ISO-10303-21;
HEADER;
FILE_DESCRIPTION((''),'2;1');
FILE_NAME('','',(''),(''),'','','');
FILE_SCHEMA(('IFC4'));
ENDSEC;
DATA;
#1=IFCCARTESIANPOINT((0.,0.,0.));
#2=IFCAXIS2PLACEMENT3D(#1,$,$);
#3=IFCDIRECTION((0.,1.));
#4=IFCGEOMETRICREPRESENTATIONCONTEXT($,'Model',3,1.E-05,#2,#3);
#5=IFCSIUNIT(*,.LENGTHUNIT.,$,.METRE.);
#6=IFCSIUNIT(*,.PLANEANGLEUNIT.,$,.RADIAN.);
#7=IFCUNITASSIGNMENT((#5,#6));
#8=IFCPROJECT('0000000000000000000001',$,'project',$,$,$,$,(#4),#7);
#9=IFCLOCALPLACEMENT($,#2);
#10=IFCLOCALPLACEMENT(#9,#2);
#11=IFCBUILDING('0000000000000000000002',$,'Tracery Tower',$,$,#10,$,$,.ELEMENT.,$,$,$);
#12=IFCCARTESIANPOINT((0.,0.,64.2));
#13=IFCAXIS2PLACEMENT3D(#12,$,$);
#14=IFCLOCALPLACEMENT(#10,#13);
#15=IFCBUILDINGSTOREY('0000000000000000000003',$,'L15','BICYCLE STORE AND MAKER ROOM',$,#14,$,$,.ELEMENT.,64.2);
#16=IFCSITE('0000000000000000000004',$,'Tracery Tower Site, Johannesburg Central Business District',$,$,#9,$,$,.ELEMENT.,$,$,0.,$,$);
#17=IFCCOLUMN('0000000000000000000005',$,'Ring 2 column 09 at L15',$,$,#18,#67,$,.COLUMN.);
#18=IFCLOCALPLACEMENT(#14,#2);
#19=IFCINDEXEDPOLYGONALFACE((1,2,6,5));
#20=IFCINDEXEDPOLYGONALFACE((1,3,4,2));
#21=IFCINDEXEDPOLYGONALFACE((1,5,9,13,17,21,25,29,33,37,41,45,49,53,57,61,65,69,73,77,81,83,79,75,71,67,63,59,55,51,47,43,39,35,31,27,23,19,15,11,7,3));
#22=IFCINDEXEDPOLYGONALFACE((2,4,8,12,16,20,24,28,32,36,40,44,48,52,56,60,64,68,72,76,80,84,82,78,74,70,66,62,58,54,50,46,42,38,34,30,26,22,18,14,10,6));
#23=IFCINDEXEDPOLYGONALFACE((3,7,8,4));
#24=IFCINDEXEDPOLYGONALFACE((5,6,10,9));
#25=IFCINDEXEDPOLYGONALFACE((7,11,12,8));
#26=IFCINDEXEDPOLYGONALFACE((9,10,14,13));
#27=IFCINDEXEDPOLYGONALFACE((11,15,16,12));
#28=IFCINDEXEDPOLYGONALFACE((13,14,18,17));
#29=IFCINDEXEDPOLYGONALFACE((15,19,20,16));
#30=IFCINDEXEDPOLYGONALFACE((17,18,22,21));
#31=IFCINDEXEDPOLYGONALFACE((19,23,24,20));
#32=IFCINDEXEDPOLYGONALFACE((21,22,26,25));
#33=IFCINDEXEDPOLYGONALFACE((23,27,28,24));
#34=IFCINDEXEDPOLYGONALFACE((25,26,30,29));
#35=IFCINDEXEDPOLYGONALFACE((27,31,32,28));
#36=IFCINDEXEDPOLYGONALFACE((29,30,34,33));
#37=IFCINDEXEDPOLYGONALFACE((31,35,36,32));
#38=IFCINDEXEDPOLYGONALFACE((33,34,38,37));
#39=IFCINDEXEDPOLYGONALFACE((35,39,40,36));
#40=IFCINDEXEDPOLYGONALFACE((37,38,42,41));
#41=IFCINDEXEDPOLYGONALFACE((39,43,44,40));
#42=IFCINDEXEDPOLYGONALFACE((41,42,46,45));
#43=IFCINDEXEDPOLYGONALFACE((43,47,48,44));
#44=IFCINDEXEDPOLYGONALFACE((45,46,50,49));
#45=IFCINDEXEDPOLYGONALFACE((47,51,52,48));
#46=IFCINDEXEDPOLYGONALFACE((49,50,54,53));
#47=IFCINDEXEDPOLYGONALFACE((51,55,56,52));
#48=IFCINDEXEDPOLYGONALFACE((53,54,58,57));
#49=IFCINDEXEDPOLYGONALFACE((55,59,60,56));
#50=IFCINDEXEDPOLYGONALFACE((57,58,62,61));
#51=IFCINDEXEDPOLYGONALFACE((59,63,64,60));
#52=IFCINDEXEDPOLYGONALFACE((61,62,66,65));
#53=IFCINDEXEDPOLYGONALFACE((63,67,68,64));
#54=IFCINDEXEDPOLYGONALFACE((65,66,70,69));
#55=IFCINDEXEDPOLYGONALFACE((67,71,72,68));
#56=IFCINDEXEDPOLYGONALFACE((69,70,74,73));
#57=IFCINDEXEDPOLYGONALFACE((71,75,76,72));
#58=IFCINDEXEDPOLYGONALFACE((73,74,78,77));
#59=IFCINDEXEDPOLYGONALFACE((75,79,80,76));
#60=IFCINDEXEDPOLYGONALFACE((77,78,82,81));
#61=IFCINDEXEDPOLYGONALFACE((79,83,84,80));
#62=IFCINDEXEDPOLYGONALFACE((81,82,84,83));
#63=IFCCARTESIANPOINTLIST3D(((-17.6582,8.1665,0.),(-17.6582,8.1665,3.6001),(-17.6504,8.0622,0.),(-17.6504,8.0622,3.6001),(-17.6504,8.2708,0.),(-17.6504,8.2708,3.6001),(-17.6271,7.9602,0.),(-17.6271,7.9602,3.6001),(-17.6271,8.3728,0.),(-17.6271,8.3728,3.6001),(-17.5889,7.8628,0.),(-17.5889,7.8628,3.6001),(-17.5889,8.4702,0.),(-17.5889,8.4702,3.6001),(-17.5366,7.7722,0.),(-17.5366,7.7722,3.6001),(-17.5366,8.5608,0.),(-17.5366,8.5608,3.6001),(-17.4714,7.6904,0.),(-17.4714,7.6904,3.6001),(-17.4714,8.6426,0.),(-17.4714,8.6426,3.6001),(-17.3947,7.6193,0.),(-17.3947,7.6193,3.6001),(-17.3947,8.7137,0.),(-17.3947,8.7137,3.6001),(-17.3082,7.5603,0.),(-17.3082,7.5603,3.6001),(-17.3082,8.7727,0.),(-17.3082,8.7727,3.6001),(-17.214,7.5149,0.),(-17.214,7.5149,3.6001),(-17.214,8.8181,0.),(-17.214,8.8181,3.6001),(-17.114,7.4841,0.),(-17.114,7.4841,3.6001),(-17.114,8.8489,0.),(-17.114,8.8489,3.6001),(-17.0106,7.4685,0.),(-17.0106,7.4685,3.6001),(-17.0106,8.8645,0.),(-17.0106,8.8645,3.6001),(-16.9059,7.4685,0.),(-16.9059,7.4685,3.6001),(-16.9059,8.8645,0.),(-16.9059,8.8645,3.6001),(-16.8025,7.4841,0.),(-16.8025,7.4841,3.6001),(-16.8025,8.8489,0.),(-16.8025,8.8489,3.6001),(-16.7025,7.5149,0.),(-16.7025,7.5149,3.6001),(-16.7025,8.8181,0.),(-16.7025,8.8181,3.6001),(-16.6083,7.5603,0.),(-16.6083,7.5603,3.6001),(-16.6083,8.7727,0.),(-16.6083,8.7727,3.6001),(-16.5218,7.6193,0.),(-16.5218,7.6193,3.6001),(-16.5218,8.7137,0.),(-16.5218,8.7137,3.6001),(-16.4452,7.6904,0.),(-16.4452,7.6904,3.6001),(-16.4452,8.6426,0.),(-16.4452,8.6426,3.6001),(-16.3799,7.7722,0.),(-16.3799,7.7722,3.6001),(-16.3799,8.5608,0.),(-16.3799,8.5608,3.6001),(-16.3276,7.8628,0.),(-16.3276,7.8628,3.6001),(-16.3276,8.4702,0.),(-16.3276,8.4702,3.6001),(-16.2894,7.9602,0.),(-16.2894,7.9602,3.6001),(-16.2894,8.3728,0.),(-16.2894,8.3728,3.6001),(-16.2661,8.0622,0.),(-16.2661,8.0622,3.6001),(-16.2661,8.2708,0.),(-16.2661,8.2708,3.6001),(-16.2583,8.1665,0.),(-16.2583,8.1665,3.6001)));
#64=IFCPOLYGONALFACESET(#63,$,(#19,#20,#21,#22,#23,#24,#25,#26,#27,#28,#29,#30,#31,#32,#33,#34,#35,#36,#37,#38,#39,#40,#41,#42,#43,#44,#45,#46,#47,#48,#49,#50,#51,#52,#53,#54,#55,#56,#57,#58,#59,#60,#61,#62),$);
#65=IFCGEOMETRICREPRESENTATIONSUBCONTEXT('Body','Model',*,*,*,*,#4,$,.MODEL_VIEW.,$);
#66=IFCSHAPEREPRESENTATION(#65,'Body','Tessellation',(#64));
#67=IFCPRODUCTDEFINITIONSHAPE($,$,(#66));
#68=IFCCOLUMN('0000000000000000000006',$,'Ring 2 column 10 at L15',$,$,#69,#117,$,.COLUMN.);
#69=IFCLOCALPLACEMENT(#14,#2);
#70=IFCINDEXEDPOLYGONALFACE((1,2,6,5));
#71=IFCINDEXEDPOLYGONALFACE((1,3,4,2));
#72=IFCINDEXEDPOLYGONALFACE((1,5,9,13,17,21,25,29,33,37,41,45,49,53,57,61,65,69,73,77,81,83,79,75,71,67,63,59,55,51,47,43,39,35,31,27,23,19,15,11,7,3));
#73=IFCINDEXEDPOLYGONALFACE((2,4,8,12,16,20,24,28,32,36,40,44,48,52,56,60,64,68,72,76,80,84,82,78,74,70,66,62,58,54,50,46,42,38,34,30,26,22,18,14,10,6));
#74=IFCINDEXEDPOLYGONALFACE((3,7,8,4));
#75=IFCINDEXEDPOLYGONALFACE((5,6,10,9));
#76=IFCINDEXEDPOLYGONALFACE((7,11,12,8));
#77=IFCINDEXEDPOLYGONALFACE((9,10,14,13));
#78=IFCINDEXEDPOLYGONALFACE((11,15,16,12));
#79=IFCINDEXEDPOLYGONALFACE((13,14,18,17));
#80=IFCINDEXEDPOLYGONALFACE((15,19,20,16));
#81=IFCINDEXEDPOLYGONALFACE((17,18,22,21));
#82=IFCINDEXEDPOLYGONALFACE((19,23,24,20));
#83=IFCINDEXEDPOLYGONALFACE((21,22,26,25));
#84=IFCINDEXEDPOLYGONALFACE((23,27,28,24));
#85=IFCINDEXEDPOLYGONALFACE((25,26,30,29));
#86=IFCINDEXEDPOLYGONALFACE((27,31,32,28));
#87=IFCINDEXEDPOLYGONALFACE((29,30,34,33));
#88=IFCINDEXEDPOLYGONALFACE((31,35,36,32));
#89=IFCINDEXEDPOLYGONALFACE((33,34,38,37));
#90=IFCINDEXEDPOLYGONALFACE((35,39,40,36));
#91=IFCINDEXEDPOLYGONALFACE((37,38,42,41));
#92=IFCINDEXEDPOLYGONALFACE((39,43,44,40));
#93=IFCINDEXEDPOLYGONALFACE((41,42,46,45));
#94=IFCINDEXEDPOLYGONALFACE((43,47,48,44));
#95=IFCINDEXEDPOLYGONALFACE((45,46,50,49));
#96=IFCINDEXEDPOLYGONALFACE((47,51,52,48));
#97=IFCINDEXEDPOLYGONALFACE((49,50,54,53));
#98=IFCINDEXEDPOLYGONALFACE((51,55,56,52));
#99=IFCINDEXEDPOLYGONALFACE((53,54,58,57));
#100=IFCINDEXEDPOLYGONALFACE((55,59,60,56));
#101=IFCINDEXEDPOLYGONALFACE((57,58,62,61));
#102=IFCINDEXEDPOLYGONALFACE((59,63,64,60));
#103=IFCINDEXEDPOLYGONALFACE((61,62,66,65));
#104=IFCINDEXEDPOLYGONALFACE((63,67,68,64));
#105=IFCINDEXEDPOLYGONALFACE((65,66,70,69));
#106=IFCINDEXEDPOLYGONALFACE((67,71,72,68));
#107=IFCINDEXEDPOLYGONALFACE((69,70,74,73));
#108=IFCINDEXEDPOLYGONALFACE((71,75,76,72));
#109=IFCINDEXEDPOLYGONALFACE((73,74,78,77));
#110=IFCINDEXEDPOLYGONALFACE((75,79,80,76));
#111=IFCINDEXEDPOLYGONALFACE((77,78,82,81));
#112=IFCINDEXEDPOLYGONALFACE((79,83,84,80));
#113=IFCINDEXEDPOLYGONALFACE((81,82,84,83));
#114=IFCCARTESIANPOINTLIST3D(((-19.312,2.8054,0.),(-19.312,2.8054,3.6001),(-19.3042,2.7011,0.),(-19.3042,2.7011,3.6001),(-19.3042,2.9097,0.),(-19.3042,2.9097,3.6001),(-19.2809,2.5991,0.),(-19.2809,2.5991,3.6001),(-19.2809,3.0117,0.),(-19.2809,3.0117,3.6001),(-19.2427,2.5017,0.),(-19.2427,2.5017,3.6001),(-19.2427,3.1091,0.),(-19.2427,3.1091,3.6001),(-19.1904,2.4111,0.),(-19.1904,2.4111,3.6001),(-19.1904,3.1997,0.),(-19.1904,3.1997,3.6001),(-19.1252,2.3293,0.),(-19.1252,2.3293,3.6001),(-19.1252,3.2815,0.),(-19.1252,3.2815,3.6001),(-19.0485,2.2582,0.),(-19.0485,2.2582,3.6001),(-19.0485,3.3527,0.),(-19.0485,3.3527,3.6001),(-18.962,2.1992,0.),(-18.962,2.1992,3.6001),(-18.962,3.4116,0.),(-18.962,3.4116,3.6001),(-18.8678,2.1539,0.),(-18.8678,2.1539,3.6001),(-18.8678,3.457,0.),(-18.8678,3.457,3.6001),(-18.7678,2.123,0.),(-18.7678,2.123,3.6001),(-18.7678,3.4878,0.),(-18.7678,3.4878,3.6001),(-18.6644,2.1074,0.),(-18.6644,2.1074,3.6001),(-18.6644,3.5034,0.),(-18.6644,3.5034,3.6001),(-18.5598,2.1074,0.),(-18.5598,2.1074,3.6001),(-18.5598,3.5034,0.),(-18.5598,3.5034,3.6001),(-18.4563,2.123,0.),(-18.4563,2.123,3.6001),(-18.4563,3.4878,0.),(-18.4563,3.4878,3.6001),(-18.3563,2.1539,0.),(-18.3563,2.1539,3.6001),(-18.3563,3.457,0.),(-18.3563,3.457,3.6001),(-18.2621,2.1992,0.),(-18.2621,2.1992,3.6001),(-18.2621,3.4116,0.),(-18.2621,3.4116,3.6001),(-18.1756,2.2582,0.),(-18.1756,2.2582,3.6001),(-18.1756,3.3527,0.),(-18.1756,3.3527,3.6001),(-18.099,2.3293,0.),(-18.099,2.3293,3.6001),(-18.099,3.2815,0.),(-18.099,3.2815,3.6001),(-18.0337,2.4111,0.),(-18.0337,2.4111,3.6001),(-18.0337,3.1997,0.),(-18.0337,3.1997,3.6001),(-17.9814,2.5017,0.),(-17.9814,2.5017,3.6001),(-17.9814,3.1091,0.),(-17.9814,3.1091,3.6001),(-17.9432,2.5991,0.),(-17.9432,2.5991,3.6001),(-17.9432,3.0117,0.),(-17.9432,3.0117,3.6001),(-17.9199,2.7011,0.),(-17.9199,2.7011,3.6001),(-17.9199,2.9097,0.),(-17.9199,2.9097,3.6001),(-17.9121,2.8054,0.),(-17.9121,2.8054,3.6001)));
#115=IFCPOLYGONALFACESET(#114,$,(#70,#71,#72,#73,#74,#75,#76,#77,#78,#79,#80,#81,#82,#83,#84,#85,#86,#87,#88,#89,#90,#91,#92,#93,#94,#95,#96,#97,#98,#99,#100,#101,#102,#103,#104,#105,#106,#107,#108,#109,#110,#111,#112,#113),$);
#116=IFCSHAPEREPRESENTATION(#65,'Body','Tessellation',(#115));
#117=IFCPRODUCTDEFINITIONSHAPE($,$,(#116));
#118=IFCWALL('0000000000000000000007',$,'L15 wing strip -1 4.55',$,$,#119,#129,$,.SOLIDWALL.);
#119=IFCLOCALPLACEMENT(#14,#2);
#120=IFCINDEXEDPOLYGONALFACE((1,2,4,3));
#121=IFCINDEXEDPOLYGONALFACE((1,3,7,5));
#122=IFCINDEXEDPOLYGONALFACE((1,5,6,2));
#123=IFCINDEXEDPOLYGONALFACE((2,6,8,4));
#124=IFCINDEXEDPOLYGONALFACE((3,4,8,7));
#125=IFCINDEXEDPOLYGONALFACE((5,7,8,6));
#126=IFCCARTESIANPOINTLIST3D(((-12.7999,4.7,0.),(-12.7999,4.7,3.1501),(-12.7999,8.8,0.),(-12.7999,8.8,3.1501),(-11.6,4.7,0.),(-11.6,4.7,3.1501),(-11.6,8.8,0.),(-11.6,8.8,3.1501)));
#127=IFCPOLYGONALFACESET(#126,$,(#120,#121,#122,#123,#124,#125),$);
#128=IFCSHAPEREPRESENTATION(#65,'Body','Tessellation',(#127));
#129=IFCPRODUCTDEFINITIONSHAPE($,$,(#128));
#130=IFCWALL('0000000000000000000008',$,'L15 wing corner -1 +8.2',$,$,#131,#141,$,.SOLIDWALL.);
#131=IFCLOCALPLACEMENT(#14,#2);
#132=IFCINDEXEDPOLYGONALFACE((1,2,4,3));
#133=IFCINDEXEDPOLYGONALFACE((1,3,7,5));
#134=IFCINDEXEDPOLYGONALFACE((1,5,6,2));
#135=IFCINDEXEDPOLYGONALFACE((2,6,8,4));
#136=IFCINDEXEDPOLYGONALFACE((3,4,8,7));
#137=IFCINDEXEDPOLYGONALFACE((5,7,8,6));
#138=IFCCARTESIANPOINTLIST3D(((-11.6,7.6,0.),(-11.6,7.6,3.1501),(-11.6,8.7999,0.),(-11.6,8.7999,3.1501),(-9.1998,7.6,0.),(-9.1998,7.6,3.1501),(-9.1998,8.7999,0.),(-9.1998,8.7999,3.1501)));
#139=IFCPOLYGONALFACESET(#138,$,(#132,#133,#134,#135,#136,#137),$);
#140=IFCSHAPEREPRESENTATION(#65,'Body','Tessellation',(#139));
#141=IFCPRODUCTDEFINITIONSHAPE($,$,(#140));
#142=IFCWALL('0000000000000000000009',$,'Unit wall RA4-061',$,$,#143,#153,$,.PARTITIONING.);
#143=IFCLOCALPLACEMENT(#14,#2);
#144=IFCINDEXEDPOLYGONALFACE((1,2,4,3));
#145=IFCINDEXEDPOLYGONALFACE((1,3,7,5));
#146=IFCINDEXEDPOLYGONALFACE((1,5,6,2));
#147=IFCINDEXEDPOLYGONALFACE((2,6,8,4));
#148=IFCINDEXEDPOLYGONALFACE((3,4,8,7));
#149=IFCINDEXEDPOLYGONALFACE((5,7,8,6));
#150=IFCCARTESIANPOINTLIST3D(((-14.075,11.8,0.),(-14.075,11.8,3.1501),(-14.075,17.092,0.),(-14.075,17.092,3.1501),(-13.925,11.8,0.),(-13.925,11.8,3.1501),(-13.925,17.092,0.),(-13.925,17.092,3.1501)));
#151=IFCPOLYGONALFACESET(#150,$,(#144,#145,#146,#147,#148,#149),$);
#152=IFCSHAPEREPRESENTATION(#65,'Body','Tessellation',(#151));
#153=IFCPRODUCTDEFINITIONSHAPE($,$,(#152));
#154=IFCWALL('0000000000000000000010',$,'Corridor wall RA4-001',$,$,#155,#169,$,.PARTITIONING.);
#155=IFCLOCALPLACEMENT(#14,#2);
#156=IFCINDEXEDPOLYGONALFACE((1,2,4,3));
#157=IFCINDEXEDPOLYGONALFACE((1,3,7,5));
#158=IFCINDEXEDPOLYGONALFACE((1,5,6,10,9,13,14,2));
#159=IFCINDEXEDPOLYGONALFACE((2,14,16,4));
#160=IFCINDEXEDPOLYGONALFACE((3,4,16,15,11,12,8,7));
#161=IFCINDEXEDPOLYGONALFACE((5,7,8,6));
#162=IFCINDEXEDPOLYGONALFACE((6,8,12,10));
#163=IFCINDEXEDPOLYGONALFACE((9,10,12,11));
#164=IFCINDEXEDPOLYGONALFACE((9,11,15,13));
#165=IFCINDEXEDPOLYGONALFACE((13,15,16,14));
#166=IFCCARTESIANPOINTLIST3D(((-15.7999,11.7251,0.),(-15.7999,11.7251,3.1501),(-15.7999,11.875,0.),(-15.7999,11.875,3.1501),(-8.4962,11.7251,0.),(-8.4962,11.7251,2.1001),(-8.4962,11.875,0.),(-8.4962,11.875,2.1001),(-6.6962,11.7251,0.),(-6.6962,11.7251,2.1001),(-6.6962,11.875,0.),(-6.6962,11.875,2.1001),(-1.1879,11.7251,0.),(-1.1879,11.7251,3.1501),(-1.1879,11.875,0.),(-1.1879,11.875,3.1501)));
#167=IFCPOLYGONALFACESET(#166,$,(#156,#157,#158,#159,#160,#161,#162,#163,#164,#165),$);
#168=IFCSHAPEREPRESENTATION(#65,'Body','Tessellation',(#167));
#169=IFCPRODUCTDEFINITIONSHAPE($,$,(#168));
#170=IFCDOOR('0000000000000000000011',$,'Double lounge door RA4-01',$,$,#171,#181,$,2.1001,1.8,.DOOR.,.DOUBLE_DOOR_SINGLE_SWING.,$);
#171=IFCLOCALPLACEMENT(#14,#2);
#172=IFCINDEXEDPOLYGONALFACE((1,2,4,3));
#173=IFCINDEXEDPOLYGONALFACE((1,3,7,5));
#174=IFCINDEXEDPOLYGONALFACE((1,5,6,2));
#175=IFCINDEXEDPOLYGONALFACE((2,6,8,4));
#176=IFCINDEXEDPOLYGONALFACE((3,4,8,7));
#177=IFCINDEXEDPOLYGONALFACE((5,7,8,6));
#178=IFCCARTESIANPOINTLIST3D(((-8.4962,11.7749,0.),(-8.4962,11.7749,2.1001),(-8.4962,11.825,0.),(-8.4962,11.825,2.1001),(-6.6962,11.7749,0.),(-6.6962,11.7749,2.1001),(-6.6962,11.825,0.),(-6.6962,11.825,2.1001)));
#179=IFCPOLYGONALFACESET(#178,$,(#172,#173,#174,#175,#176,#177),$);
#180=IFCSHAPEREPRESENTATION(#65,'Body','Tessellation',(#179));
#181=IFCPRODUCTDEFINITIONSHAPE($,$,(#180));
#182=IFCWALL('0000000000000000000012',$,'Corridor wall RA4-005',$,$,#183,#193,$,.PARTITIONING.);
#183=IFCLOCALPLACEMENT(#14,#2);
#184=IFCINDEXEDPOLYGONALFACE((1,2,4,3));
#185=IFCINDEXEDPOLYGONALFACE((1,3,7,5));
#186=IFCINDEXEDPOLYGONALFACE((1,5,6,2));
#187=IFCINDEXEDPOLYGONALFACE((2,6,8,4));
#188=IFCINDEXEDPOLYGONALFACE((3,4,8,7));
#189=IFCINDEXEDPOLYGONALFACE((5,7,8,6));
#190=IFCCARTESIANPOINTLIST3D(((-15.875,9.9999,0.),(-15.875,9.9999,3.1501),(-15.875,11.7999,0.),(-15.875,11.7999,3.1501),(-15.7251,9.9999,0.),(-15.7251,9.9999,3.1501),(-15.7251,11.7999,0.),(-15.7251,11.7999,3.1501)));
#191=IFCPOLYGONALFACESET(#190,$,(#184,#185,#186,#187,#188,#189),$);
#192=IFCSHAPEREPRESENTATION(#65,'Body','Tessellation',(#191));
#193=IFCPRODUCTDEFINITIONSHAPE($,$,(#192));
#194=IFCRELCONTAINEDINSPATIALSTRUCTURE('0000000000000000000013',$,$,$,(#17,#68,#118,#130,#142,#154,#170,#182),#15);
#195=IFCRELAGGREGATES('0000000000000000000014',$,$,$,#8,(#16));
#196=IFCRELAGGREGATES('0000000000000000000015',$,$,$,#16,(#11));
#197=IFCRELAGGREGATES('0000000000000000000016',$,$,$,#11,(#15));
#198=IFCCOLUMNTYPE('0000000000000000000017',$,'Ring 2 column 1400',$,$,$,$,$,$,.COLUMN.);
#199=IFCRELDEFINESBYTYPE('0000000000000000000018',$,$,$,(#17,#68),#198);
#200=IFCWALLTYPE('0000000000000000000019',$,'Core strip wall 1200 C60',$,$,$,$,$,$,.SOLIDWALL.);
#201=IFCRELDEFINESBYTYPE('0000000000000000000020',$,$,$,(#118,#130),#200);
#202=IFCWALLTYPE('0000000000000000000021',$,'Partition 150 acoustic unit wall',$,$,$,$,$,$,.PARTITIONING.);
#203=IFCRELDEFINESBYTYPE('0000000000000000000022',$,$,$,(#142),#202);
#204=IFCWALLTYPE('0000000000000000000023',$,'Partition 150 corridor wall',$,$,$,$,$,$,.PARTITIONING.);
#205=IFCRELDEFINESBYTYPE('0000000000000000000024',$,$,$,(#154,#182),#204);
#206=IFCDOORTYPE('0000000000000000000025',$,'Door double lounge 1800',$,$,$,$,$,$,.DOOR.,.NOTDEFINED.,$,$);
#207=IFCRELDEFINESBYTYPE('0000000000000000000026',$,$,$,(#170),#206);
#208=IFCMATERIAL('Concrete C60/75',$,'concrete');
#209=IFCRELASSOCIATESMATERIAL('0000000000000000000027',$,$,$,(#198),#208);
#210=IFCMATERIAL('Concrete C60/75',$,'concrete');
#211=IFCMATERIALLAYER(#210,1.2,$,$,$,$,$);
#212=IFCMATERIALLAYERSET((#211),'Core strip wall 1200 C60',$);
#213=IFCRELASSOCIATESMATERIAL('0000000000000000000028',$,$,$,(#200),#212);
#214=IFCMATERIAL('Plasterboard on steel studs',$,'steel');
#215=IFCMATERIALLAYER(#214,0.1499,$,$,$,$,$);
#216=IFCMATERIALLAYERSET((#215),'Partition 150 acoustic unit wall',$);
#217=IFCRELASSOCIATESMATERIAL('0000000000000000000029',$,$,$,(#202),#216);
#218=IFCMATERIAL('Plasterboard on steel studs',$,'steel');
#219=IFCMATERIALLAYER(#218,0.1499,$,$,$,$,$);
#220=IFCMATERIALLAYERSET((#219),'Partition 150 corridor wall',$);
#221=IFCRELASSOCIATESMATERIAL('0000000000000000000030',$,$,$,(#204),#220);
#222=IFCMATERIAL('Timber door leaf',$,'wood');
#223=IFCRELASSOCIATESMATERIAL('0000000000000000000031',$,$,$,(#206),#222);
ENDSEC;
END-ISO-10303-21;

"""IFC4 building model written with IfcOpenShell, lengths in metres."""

from ifc_helpers import new_model, si_unit, direction, frame, frame_2d, origin, origin_2d, place, context, subcontext, project, spatial, rectangle, circle, extrude, material, layer, layer_set, material_profile, profile_set, type_object, element, fill, save


model = new_model("IFC4")

# Units and contexts
model_context = context("Model", 3, precision=1e-05, world=origin(), true_north=direction((0.0, 1.0)))
body_context = subcontext(model_context, "Body", "Model", "MODEL_VIEW")
ifc_project = project(units=[si_unit("LENGTHUNIT", "METRE"), si_unit("PLANEANGLEUNIT", "RADIAN")], contexts=[model_context])

# Site, building, storey
site_placement = place(None, origin())
site = spatial("IfcSite", under=ifc_project, at=site_placement, Name="Tracery Tower Site, Johannesburg Central Business District", CompositionType="ELEMENT", RefElevation=0.0)
building_placement = place(site_placement, origin())
building = spatial("IfcBuilding", under=site, at=building_placement, Name="Tracery Tower", CompositionType="ELEMENT")
storey_placement = place(building_placement, frame((0.0, 0.0, 64.2)))
storey = spatial("IfcBuildingStorey", under=building, at=storey_placement, Name="L15", Description="BICYCLE STORE AND MAKER ROOM", CompositionType="ELEMENT", Elevation=64.2)

# Columns
ifc_material_1 = material(Name="Concrete C60/75", Category="concrete")
ifc_material_profile = material_profile(ifc_material_1, circle(Radius=0.7, at=origin_2d()), Name="RC D1400")
ifc_profile_set = profile_set([ifc_material_profile], Name="Concrete C60/75")
column_type = type_object("IfcColumnType", Name="Ring 2 column 1400", PredefinedType="COLUMN", material=ifc_profile_set)
for number, where, z_axis, x_axis, name in (
    (1, (-16.9583, 8.1665, 0.0), (0.0, 0.0, 1.0), (1.0, 0.0, 0.0), "Ring 2 column 09 at L15"),
    (2, (-18.6121, 2.8054, 0.0), (0.0, 0.0, 1.0), (1.0, 0.0, 0.0), "Ring 2 column 10 at L15"),
):
    element("IfcColumn", number, at=place(storey_placement, frame(where, z_axis=z_axis, x_axis=x_axis)), inside=storey, type_object=column_type, Name=name, PredefinedType="COLUMN", context=body_context, shape_type="SweptSolid", body=[
        extrude(circle(Radius=0.7, at=origin_2d()), origin(), (0.0, 0.0, 1.0), 3.6001),
    ])

# Walls
ifc_material_2 = material(Name="Concrete C60/75", Category="concrete")
ifc_layer_1 = layer(ifc_material_2, 1.2)
ifc_layer_set_1 = layer_set([ifc_layer_1], Name="Core strip wall 1200 C60")
wall_type_1 = type_object("IfcWallType", Name="Core strip wall 1200 C60", PredefinedType="SOLIDWALL", material=ifc_layer_set_1)
wall_1_placement = place(storey_placement, frame((-12.2, 4.7, 0.0), z_axis=(0.0, 0.0, 1.0), x_axis=(0.0, 1.0, 0.0)))
element("IfcWall", 3, at=wall_1_placement, inside=storey, type_object=wall_type_1, Name="L15 wing strip -1 4.55", PredefinedType="SOLIDWALL", context=body_context, shape_type="SweptSolid", body=[
    extrude(rectangle(XDim=4.1001, YDim=1.2, at=frame_2d((2.05, 0.0))), origin(), (0.0, 0.0, 1.0), 3.1501),
])
wall_2_placement = place(storey_placement, frame((-11.6001, 8.2, 0.0), z_axis=(0.0, 0.0, 1.0), x_axis=(1.0, 0.0, 0.0)))
element("IfcWall", 4, at=wall_2_placement, inside=storey, type_object=wall_type_1, Name="L15 wing corner -1 +8.2", PredefinedType="SOLIDWALL", context=body_context, shape_type="SweptSolid", body=[
    extrude(rectangle(XDim=2.4001, YDim=1.2, at=frame_2d((1.2002, 0.0))), origin(), (0.0, 0.0, 1.0), 3.1501),
])

# Wall
ifc_material_3 = material(Name="Plasterboard on steel studs", Category="steel")
ifc_layer_2 = layer(ifc_material_3, 0.1499)
ifc_layer_set_2 = layer_set([ifc_layer_2], Name="Partition 150 acoustic unit wall")
wall_type_2 = type_object("IfcWallType", Name="Partition 150 acoustic unit wall", PredefinedType="PARTITIONING", material=ifc_layer_set_2)
wall_3_placement = place(storey_placement, frame((-14.0, 11.8, 0.0), z_axis=(0.0, 0.0, 1.0), x_axis=(0.0, 1.0, 0.0)))
element("IfcWall", 5, at=wall_3_placement, inside=storey, type_object=wall_type_2, Name="Unit wall RA4-061", PredefinedType="PARTITIONING", context=body_context, shape_type="SweptSolid", body=[
    extrude(rectangle(XDim=5.292, YDim=0.1499, at=frame_2d((2.646, 0.0))), origin(), (0.0, 0.0, 1.0), 3.1501),
])

# Wall, opening, door
ifc_material_4 = material(Name="Plasterboard on steel studs", Category="steel")
ifc_layer_3 = layer(ifc_material_4, 0.1499)
ifc_layer_set_3 = layer_set([ifc_layer_3], Name="Partition 150 corridor wall")
wall_type_3 = type_object("IfcWallType", Name="Partition 150 corridor wall", PredefinedType="PARTITIONING", material=ifc_layer_set_3)
wall_4_placement = place(storey_placement, frame((-15.8, 11.8, 0.0), z_axis=(0.0, 0.0, 1.0), x_axis=(1.0, 0.0, 0.0)))
wall_4 = element("IfcWall", 6, at=wall_4_placement, inside=storey, type_object=wall_type_3, Name="Corridor wall RA4-001", PredefinedType="PARTITIONING", context=body_context, shape_type="SweptSolid", body=[
    extrude(rectangle(XDim=14.6121, YDim=0.1499, at=frame_2d((7.3062, 0.0))), origin(), (0.0, 0.0, 1.0), 3.1501),
])
opening_1_placement = place(wall_4_placement, frame((7.304, 0.0, 0.0)))
opening_1 = element("IfcOpeningElement", 7, at=opening_1_placement, cuts=wall_4, PredefinedType="OPENING", context=body_context, shape_type="SweptSolid", body=[
    extrude(rectangle(XDim=1.8, YDim=2.1001, at=frame_2d((0.8999, 1.05))), frame((0.0, 0.075, 0.0), z_axis=(0.0, -1.0, 0.0), x_axis=(1.0, 0.0, 0.0)), (0.0, 0.0, 1.0), 0.1499),
])
ifc_material_5 = material(Name="Timber door leaf", Category="wood")
door_type_1 = type_object("IfcDoorType", Name="Door double lounge 1800", OperationType="NOTDEFINED", PredefinedType="DOOR", material=ifc_material_5)
door_1_placement = place(opening_1_placement, origin())
door_1 = element("IfcDoor", 8, at=door_1_placement, inside=storey, type_object=door_type_1, Name="Double lounge door RA4-01", OperationType="DOUBLE_DOOR_SINGLE_SWING", OverallHeight=2.1001, OverallWidth=1.8, PredefinedType="DOOR", context=body_context, shape_type="SweptSolid", body=[
    extrude(rectangle(XDim=1.8, YDim=2.1001, at=frame_2d((0.8999, 1.05))), frame((0.0, 0.0249, 0.0), z_axis=(0.0, -1.0, 0.0), x_axis=(1.0, 0.0, 0.0)), (0.0, 0.0, 1.0), 0.05),
])
fill(opening_1, door_1)

# Wall
wall_5_placement = place(storey_placement, frame((-15.8, 10.0, 0.0), z_axis=(0.0, 0.0, 1.0), x_axis=(0.0, 1.0, 0.0)))
element("IfcWall", 9, at=wall_5_placement, inside=storey, type_object=wall_type_3, Name="Corridor wall RA4-005", PredefinedType="PARTITIONING", context=body_context, shape_type="SweptSolid", body=[
    extrude(rectangle(XDim=1.8, YDim=0.1499, at=frame_2d((0.8999, 0.0))), origin(), (0.0, 0.0, 1.0), 3.1501),
])

save(model, "model.ifc")
